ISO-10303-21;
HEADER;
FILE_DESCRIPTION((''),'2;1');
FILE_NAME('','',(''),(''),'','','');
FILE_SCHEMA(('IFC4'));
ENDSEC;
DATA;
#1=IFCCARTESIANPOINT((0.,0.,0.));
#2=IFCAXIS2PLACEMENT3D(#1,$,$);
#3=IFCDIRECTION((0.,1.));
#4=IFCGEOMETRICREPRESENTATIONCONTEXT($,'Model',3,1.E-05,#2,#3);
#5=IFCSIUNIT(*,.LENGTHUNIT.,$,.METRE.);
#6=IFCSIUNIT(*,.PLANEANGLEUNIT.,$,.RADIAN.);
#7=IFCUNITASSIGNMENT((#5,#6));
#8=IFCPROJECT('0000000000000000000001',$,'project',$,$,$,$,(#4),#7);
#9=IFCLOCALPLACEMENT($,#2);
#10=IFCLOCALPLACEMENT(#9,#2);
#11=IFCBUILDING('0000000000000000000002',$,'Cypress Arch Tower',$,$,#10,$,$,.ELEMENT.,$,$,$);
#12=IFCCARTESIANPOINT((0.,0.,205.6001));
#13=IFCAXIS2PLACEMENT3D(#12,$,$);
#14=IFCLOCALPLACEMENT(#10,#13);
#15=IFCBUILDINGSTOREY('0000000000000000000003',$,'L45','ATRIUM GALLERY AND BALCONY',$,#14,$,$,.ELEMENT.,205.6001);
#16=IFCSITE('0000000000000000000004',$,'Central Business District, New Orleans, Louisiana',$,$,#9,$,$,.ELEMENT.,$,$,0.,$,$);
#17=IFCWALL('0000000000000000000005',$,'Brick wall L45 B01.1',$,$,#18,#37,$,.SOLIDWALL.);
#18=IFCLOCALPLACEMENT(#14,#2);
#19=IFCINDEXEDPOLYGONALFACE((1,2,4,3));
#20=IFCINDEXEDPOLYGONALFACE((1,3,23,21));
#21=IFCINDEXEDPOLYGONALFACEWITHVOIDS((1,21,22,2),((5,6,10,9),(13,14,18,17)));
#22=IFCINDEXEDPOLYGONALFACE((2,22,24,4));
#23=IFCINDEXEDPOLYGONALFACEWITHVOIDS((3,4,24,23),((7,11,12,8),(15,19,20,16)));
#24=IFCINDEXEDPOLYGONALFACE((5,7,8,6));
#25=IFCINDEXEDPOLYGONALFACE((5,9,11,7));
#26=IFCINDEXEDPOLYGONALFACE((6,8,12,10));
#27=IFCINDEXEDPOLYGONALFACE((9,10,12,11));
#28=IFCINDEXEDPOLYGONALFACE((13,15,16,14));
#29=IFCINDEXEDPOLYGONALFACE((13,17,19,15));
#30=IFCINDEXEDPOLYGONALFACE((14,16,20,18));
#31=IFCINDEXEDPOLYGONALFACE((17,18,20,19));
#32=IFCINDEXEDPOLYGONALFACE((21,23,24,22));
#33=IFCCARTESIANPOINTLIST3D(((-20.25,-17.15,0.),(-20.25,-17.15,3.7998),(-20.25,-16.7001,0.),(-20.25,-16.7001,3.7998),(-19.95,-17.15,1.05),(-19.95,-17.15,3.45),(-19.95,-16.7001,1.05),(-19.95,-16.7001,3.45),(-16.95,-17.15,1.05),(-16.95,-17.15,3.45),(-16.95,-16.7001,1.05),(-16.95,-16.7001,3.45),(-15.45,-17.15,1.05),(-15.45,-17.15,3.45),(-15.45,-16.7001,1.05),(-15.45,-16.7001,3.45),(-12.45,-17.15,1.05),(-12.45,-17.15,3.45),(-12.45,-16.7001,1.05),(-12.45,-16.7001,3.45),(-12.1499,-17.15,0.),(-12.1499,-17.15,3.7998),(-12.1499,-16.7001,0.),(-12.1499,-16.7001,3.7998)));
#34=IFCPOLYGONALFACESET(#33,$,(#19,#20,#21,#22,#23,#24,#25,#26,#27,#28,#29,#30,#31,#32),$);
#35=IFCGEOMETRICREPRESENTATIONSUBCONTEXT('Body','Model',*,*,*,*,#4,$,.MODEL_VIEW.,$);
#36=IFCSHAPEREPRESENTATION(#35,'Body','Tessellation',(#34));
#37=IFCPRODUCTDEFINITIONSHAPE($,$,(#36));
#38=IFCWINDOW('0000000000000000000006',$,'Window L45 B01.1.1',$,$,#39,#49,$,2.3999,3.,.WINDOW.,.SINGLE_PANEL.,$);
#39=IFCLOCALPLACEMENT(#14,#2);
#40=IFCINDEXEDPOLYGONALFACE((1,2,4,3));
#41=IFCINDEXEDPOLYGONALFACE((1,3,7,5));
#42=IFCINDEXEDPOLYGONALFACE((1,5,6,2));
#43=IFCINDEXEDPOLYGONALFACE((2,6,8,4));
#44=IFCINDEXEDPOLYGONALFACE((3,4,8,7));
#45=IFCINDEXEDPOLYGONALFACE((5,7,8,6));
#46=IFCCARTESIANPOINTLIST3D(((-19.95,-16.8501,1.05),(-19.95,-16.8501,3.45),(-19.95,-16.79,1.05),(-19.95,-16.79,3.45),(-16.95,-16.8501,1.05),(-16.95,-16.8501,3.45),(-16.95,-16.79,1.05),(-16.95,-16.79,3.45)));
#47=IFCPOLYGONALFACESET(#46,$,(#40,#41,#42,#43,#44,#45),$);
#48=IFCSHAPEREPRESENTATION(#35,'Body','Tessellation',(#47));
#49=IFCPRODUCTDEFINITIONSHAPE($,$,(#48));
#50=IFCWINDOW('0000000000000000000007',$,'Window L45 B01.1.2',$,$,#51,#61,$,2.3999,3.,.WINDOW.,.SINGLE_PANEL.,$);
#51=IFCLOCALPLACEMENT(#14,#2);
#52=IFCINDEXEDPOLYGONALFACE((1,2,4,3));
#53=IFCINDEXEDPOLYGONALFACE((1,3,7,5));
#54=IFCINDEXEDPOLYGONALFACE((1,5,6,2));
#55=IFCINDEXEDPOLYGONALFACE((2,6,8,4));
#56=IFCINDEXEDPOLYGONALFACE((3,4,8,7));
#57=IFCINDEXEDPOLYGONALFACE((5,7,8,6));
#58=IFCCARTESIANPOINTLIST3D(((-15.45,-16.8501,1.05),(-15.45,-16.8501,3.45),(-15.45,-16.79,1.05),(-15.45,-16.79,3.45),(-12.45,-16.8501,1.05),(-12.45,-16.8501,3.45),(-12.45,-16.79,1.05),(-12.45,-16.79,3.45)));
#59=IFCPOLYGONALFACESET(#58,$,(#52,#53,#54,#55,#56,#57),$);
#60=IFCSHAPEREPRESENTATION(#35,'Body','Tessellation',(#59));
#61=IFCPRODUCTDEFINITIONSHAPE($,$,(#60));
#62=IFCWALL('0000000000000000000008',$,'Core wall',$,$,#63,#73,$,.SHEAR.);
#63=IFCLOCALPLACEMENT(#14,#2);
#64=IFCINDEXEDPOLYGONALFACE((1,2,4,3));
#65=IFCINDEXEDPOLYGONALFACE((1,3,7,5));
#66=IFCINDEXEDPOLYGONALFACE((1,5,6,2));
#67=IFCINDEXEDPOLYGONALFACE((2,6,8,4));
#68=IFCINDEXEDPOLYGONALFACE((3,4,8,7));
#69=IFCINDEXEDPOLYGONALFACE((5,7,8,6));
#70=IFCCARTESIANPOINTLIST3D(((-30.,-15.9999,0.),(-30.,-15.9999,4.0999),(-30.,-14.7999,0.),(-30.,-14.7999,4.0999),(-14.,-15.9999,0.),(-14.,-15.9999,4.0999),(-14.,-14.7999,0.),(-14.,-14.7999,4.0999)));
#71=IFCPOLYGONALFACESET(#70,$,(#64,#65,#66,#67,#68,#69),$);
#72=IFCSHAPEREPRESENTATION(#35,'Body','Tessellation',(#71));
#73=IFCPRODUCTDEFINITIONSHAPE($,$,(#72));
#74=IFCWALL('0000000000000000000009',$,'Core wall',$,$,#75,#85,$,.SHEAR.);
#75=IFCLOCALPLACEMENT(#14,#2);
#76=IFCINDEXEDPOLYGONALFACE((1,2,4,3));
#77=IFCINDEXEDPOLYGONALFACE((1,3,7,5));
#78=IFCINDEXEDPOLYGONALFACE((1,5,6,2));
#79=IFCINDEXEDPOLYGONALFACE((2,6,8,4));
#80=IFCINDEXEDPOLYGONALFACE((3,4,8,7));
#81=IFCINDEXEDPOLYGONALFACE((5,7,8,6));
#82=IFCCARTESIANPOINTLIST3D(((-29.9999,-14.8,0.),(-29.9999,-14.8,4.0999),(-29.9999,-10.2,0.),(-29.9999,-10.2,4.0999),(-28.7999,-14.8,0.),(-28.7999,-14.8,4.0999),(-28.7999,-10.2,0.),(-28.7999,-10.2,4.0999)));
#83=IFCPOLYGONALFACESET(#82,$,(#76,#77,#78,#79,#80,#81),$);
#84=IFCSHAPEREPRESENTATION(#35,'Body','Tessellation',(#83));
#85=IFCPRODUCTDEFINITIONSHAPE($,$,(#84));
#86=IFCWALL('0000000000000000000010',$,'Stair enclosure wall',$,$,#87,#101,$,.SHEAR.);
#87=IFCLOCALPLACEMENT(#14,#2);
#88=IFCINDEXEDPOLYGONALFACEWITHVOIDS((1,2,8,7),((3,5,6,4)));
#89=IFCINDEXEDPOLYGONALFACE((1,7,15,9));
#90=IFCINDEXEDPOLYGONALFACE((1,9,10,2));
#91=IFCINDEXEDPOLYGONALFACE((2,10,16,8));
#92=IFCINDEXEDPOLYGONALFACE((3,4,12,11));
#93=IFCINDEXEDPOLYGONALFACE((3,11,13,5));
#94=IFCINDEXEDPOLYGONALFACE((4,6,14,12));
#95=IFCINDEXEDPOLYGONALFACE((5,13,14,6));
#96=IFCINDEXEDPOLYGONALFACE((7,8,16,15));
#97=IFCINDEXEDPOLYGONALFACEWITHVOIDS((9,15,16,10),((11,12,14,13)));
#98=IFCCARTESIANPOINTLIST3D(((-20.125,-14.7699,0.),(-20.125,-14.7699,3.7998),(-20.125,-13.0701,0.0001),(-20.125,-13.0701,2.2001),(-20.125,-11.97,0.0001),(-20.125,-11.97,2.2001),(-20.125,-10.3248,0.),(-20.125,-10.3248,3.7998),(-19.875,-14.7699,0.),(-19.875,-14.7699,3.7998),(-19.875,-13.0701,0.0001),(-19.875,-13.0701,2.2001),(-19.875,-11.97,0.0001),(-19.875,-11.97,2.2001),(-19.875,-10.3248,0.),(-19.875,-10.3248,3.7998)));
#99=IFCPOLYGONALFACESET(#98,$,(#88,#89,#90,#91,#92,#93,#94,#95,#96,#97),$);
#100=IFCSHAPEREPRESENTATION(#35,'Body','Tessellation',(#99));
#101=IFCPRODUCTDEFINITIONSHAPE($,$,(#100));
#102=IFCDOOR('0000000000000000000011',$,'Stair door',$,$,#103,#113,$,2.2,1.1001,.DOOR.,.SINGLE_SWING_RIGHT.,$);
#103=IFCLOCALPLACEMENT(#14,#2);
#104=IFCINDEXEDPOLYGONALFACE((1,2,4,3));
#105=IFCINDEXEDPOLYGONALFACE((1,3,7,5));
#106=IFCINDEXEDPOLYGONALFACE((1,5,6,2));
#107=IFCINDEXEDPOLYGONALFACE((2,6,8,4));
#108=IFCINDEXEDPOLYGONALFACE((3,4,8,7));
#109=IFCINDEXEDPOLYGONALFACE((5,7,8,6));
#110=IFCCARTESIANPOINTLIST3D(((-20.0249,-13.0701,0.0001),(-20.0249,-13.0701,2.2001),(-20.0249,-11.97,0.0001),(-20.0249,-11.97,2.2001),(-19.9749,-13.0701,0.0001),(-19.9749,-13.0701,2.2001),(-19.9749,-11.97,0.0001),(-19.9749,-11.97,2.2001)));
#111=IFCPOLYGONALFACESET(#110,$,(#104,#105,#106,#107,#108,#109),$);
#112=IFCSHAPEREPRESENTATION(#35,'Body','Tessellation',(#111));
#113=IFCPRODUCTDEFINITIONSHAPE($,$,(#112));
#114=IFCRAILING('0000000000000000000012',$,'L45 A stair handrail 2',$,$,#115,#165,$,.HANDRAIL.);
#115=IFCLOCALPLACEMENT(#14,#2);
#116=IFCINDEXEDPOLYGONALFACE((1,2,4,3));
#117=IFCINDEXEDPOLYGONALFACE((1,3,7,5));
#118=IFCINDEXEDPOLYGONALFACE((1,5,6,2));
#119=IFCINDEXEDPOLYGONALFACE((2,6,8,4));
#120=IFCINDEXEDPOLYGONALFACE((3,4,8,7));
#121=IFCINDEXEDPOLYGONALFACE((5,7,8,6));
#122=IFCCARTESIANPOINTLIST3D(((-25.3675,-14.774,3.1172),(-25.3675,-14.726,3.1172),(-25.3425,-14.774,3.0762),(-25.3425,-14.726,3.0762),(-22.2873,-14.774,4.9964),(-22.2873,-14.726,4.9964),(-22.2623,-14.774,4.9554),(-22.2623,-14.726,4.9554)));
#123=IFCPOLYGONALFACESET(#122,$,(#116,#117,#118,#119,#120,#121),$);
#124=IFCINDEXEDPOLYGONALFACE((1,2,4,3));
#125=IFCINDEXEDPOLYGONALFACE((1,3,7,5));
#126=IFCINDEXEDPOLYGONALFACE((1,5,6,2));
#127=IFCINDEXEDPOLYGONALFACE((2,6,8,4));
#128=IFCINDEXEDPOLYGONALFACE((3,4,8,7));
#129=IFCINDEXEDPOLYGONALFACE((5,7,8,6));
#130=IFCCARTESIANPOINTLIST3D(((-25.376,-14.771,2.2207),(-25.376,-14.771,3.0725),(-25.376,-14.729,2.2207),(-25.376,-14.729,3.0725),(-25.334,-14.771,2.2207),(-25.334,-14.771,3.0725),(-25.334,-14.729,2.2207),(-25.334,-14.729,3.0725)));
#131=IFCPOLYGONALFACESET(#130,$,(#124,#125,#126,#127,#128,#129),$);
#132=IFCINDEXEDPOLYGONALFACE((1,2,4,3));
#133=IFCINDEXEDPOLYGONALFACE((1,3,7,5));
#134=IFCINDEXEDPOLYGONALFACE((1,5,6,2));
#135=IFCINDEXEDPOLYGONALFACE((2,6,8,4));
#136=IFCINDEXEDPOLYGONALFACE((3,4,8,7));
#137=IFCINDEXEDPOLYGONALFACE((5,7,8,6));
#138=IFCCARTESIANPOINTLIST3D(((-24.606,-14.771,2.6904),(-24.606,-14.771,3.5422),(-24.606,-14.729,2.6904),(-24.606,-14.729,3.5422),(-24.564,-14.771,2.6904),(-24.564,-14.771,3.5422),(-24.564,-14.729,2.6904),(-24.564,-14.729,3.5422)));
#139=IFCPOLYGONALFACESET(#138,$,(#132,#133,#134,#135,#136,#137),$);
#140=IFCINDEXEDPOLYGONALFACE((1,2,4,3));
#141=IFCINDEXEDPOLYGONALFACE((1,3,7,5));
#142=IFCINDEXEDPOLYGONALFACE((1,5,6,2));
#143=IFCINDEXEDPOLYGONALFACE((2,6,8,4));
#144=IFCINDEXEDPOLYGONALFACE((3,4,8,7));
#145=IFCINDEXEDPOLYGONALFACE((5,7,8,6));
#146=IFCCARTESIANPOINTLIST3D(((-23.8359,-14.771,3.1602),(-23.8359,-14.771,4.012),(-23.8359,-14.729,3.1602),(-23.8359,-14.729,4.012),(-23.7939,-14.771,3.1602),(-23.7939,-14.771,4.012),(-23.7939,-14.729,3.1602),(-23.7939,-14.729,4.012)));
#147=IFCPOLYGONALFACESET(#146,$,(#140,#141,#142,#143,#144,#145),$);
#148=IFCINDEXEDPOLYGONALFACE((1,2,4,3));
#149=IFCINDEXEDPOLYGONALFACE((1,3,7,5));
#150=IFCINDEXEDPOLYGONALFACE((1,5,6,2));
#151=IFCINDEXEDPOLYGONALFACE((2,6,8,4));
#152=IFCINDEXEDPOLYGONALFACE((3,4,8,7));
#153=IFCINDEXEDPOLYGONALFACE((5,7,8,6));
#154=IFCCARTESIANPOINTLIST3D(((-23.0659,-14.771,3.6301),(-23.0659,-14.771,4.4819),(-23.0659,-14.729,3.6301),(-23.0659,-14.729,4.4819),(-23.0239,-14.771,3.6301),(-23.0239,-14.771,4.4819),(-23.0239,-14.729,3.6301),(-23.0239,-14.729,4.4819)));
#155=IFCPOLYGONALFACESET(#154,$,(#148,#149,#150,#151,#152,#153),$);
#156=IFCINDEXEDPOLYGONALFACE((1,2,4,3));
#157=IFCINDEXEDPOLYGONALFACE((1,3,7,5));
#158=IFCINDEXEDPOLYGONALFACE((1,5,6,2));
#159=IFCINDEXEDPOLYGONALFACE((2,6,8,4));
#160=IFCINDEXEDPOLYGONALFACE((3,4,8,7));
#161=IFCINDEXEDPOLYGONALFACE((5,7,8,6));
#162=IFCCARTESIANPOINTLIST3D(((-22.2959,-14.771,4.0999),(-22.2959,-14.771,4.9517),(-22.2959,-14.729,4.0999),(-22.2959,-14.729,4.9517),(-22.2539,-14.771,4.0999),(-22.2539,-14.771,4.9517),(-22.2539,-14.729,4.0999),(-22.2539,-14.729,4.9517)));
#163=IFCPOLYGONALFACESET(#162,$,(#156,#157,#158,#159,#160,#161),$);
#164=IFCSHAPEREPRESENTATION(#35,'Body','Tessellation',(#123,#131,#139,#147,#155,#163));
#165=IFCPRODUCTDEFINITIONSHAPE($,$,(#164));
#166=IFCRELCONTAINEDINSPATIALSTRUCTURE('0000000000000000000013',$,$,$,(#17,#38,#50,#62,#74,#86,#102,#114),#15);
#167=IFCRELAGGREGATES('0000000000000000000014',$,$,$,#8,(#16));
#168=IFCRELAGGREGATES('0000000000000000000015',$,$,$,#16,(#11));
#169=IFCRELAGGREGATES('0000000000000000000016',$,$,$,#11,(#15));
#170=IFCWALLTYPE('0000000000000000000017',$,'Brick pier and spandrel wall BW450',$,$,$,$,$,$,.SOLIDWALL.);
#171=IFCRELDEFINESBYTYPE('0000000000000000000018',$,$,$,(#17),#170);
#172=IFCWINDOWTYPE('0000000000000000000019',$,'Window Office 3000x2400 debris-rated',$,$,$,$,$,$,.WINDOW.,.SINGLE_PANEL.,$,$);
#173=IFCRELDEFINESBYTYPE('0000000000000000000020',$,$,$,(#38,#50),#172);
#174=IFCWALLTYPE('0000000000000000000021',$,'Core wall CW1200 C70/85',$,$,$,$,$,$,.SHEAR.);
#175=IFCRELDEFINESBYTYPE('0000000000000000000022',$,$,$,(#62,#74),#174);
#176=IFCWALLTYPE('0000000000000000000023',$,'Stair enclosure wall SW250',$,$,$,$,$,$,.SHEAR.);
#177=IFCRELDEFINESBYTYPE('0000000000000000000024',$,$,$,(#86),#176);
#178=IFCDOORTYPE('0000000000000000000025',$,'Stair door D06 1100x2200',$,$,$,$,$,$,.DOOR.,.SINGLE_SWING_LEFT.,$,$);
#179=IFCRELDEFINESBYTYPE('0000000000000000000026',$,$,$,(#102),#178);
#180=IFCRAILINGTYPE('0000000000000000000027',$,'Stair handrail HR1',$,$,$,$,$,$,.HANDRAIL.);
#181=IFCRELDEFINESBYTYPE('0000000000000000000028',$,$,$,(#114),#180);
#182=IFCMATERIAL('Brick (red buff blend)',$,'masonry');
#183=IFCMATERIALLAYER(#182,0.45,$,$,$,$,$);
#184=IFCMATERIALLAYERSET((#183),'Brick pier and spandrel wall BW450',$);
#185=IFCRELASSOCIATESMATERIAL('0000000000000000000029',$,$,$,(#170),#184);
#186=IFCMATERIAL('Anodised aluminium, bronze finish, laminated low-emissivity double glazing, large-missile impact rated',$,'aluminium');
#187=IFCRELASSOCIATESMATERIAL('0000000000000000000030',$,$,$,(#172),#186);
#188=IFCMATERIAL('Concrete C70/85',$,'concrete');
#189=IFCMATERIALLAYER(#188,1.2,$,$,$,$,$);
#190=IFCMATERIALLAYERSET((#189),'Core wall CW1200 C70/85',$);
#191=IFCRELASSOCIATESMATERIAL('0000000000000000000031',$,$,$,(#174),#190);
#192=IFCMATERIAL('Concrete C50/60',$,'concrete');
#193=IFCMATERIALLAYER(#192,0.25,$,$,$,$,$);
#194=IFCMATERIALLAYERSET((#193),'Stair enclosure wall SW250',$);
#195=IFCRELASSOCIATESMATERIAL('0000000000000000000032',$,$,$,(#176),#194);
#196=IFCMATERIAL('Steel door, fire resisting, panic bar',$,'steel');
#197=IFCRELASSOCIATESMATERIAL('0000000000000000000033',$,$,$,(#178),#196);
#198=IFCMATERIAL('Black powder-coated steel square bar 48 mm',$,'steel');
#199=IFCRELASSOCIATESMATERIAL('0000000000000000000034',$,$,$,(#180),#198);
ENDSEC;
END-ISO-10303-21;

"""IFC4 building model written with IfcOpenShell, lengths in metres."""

from ifc_helpers import new_model, si_unit, direction, frame, frame_2d, origin, origin_2d, place, context, subcontext, project, spatial, rectangle, extrude, material, layer, layer_set, type_object, element, fill, save


model = new_model("IFC4")

# Units and contexts
model_context = context("Model", 3, precision=1e-05, world=origin(), true_north=direction((0.0, 1.0)))
body_context = subcontext(model_context, "Body", "Model", "MODEL_VIEW")
ifc_project = project(units=[si_unit("LENGTHUNIT", "METRE"), si_unit("PLANEANGLEUNIT", "RADIAN")], contexts=[model_context])

# Site, building, storey
site_placement = place(None, origin())
site = spatial("IfcSite", under=ifc_project, at=site_placement, Name="Central Business District, New Orleans, Louisiana", CompositionType="ELEMENT", RefElevation=0.0)
building_placement = place(site_placement, origin())
building = spatial("IfcBuilding", under=site, at=building_placement, Name="Cypress Arch Tower", CompositionType="ELEMENT")
storey_placement = place(building_placement, frame((0.0, 0.0, 205.6001)))
storey = spatial("IfcBuildingStorey", under=building, at=storey_placement, Name="L45", Description="ATRIUM GALLERY AND BALCONY", CompositionType="ELEMENT", Elevation=205.6001)

# Shared definitions
ifc_material_1 = material(Name="Brick (red buff blend)", Category="masonry")
ifc_layer_1 = layer(ifc_material_1, 0.45)
ifc_layer_set_1 = layer_set([ifc_layer_1], Name="Brick pier and spandrel wall BW450")
wall_type_1 = type_object("IfcWallType", Name="Brick pier and spandrel wall BW450", PredefinedType="SOLIDWALL", material=ifc_layer_set_1)
ifc_material_2 = material(Name="Anodised aluminium, bronze finish, laminated low-emissivity double glazing, large-missile impact rated", Category="aluminium")
window_type = type_object("IfcWindowType", Name="Window Office 3000x2400 debris-rated", PartitioningType="SINGLE_PANEL", PredefinedType="WINDOW", material=ifc_material_2)

# Wall, openings, windows
wall_1_placement = place(storey_placement, frame((-20.25, -16.925, 0.0), z_axis=(0.0, 0.0, 1.0), x_axis=(1.0, 0.0, 0.0)))
wall_1 = element("IfcWall", 1, at=wall_1_placement, inside=storey, type_object=wall_type_1, Name="Brick wall L45 B01.1", PredefinedType="SOLIDWALL", context=body_context, shape_type="SweptSolid", body=[
    extrude(rectangle(XDim=8.1001, YDim=0.45, at=frame_2d((4.05, 0.0))), origin(), (0.0, 0.0, 1.0), 3.7998),
])
opening_1_placement = place(wall_1_placement, frame((0.3, 0.0, 1.05)))
opening_1 = element("IfcOpeningElement", 2, at=opening_1_placement, cuts=wall_1, PredefinedType="OPENING", context=body_context, shape_type="SweptSolid", body=[
    extrude(rectangle(XDim=3.0, YDim=2.3999, at=frame_2d((1.5, 1.2))), frame((0.0, 0.2349, 0.0), z_axis=(0.0, -1.0, 0.0), x_axis=(1.0, 0.0, 0.0)), (0.0, 0.0, 1.0), 0.47),
])
opening_2_placement = place(wall_1_placement, frame((4.8, 0.0, 1.05)))
opening_2 = element("IfcOpeningElement", 3, at=opening_2_placement, cuts=wall_1, PredefinedType="OPENING", context=body_context, shape_type="SweptSolid", body=[
    extrude(rectangle(XDim=3.0, YDim=2.3999, at=frame_2d((1.5, 1.2))), frame((0.0, 0.2349, 0.0), z_axis=(0.0, -1.0, 0.0), x_axis=(1.0, 0.0, 0.0)), (0.0, 0.0, 1.0), 0.47),
])
window_1_placement = place(opening_1_placement, origin())
window_1 = element("IfcWindow", 4, at=window_1_placement, inside=storey, type_object=window_type, Name="Window L45 B01.1.1", OverallHeight=2.3999, OverallWidth=3.0, PartitioningType="SINGLE_PANEL", PredefinedType="WINDOW", context=body_context, shape_type="SweptSolid", body=[
    extrude(rectangle(XDim=3.0, YDim=2.3999, at=frame_2d((1.5, 1.2))), frame((0.0, 0.135, 0.0), z_axis=(0.0, -1.0, 0.0), x_axis=(1.0, 0.0, 0.0)), (0.0, 0.0, 1.0), 0.0601),
])
fill(opening_1, window_1)
window_2_placement = place(opening_2_placement, origin())
window_2 = element("IfcWindow", 5, at=window_2_placement, inside=storey, type_object=window_type, Name="Window L45 B01.1.2", OverallHeight=2.3999, OverallWidth=3.0, PartitioningType="SINGLE_PANEL", PredefinedType="WINDOW", context=body_context, shape_type="SweptSolid", body=[
    extrude(rectangle(XDim=3.0, YDim=2.3999, at=frame_2d((1.5, 1.2))), frame((0.0, 0.135, 0.0), z_axis=(0.0, -1.0, 0.0), x_axis=(1.0, 0.0, 0.0)), (0.0, 0.0, 1.0), 0.0601),
])
fill(opening_2, window_2)

# Walls
ifc_material_3 = material(Name="Concrete C70/85", Category="concrete")
ifc_layer_2 = layer(ifc_material_3, 1.2)
ifc_layer_set_2 = layer_set([ifc_layer_2], Name="Core wall CW1200 C70/85")
wall_type_2 = type_object("IfcWallType", Name="Core wall CW1200 C70/85", PredefinedType="SHEAR", material=ifc_layer_set_2)
wall_2_placement = place(storey_placement, frame((-30.0, -15.3999, 0.0), z_axis=(0.0, 0.0, 1.0), x_axis=(1.0, 0.0, 0.0)))
element("IfcWall", 6, at=wall_2_placement, inside=storey, type_object=wall_type_2, Name="Core wall", PredefinedType="SHEAR", context=body_context, shape_type="SweptSolid", body=[
    extrude(rectangle(XDim=16.0, YDim=1.2, at=frame_2d((8.0, 0.0))), origin(), (0.0, 0.0, 1.0), 4.0999),
])
wall_3_placement = place(storey_placement, frame((-29.3999, -14.8, 0.0), z_axis=(0.0, 0.0, 1.0), x_axis=(0.0, 1.0, 0.0)))
element("IfcWall", 7, at=wall_3_placement, inside=storey, type_object=wall_type_2, Name="Core wall", PredefinedType="SHEAR", context=body_context, shape_type="SweptSolid", body=[
    extrude(rectangle(XDim=4.6001, YDim=1.2, at=frame_2d((2.3, 0.0))), origin(), (0.0, 0.0, 1.0), 4.0999),
])

# Wall, opening, door
ifc_material_4 = material(Name="Concrete C50/60", Category="concrete")
ifc_layer_3 = layer(ifc_material_4, 0.25)
ifc_layer_set_3 = layer_set([ifc_layer_3], Name="Stair enclosure wall SW250")
wall_type_3 = type_object("IfcWallType", Name="Stair enclosure wall SW250", PredefinedType="SHEAR", material=ifc_layer_set_3)
wall_4_placement = place(storey_placement, frame((-20.0, -14.77, 0.0), z_axis=(0.0, 0.0, 1.0), x_axis=(0.0, 1.0, 0.0)))
wall_4 = element("IfcWall", 8, at=wall_4_placement, inside=storey, type_object=wall_type_3, Name="Stair enclosure wall", PredefinedType="SHEAR", context=body_context, shape_type="SweptSolid", body=[
    extrude(rectangle(XDim=4.4451, YDim=0.25, at=frame_2d((2.2227, 0.0))), origin(), (0.0, 0.0, 1.0), 3.7998),
])
opening_3_placement = place(wall_4_placement, frame((1.7, 0.0, 0.0)))
opening_3 = element("IfcOpeningElement", 9, at=opening_3_placement, cuts=wall_4, PredefinedType="OPENING", context=body_context, shape_type="SweptSolid", body=[
    extrude(rectangle(XDim=1.1001, YDim=2.2, at=frame_2d((0.55, 1.1001))), frame((0.0, 0.135, 0.0), z_axis=(0.0, -1.0, 0.0), x_axis=(1.0, 0.0, 0.0)), (0.0, 0.0, 1.0), 0.27),
])
ifc_material_5 = material(Name="Steel door, fire resisting, panic bar", Category="steel")
door_type_1 = type_object("IfcDoorType", Name="Stair door D06 1100x2200", OperationType="SINGLE_SWING_LEFT", PredefinedType="DOOR", material=ifc_material_5)
door_1_placement = place(opening_3_placement, origin())
door_1 = element("IfcDoor", 10, at=door_1_placement, inside=storey, type_object=door_type_1, Name="Stair door", OperationType="SINGLE_SWING_RIGHT", OverallHeight=2.2, OverallWidth=1.1001, PredefinedType="DOOR", context=body_context, shape_type="SweptSolid", body=[
    extrude(rectangle(XDim=1.1001, YDim=2.2, at=frame_2d((0.55, 1.1001))), frame((0.0, 0.0249, 0.0), z_axis=(0.0, -1.0, 0.0), x_axis=(1.0, 0.0, 0.0)), (0.0, 0.0, 1.0), 0.05),
])
fill(opening_3, door_1)

# Railing
ifc_material_6 = material(Name="Black powder-coated steel square bar 48 mm", Category="steel")
railing_type_1 = type_object("IfcRailingType", Name="Stair handrail HR1", PredefinedType="HANDRAIL", material=ifc_material_6)
railing_1_placement = place(storey_placement, frame((-25.355, -14.75, 2.2207)))
element("IfcRailing", 11, at=railing_1_placement, inside=storey, type_object=railing_type_1, Name="L45 A stair handrail 2", PredefinedType="HANDRAIL", context=body_context, shape_type="SweptSolid", body=[
    extrude(rectangle(XDim=0.0481, YDim=0.0481, at=origin_2d()), frame((0.0, 0.0, 0.876), z_axis=(0.853666, 0.0, 0.52082), x_axis=(0.0, 1.0, 0.0)), (0.0, 0.0, 1.0), 3.6082),
    extrude(rectangle(XDim=0.042, YDim=0.042, at=origin_2d()), origin(), (0.0, 0.0, 1.0), 0.8518),
    extrude(rectangle(XDim=0.042, YDim=0.042, at=origin_2d()), frame((0.77, 0.0, 0.4697)), (0.0, 0.0, 1.0), 0.8518),
    extrude(rectangle(XDim=0.042, YDim=0.042, at=origin_2d()), frame((1.54, 0.0, 0.9395)), (0.0, 0.0, 1.0), 0.8518),
    extrude(rectangle(XDim=0.042, YDim=0.042, at=origin_2d()), frame((2.3101, 0.0, 1.4094)), (0.0, 0.0, 1.0), 0.8518),
    extrude(rectangle(XDim=0.042, YDim=0.042, at=origin_2d()), frame((3.0801, 0.0, 1.8792)), (0.0, 0.0, 1.0), 0.8518),
])

save(model, "model.ifc")
